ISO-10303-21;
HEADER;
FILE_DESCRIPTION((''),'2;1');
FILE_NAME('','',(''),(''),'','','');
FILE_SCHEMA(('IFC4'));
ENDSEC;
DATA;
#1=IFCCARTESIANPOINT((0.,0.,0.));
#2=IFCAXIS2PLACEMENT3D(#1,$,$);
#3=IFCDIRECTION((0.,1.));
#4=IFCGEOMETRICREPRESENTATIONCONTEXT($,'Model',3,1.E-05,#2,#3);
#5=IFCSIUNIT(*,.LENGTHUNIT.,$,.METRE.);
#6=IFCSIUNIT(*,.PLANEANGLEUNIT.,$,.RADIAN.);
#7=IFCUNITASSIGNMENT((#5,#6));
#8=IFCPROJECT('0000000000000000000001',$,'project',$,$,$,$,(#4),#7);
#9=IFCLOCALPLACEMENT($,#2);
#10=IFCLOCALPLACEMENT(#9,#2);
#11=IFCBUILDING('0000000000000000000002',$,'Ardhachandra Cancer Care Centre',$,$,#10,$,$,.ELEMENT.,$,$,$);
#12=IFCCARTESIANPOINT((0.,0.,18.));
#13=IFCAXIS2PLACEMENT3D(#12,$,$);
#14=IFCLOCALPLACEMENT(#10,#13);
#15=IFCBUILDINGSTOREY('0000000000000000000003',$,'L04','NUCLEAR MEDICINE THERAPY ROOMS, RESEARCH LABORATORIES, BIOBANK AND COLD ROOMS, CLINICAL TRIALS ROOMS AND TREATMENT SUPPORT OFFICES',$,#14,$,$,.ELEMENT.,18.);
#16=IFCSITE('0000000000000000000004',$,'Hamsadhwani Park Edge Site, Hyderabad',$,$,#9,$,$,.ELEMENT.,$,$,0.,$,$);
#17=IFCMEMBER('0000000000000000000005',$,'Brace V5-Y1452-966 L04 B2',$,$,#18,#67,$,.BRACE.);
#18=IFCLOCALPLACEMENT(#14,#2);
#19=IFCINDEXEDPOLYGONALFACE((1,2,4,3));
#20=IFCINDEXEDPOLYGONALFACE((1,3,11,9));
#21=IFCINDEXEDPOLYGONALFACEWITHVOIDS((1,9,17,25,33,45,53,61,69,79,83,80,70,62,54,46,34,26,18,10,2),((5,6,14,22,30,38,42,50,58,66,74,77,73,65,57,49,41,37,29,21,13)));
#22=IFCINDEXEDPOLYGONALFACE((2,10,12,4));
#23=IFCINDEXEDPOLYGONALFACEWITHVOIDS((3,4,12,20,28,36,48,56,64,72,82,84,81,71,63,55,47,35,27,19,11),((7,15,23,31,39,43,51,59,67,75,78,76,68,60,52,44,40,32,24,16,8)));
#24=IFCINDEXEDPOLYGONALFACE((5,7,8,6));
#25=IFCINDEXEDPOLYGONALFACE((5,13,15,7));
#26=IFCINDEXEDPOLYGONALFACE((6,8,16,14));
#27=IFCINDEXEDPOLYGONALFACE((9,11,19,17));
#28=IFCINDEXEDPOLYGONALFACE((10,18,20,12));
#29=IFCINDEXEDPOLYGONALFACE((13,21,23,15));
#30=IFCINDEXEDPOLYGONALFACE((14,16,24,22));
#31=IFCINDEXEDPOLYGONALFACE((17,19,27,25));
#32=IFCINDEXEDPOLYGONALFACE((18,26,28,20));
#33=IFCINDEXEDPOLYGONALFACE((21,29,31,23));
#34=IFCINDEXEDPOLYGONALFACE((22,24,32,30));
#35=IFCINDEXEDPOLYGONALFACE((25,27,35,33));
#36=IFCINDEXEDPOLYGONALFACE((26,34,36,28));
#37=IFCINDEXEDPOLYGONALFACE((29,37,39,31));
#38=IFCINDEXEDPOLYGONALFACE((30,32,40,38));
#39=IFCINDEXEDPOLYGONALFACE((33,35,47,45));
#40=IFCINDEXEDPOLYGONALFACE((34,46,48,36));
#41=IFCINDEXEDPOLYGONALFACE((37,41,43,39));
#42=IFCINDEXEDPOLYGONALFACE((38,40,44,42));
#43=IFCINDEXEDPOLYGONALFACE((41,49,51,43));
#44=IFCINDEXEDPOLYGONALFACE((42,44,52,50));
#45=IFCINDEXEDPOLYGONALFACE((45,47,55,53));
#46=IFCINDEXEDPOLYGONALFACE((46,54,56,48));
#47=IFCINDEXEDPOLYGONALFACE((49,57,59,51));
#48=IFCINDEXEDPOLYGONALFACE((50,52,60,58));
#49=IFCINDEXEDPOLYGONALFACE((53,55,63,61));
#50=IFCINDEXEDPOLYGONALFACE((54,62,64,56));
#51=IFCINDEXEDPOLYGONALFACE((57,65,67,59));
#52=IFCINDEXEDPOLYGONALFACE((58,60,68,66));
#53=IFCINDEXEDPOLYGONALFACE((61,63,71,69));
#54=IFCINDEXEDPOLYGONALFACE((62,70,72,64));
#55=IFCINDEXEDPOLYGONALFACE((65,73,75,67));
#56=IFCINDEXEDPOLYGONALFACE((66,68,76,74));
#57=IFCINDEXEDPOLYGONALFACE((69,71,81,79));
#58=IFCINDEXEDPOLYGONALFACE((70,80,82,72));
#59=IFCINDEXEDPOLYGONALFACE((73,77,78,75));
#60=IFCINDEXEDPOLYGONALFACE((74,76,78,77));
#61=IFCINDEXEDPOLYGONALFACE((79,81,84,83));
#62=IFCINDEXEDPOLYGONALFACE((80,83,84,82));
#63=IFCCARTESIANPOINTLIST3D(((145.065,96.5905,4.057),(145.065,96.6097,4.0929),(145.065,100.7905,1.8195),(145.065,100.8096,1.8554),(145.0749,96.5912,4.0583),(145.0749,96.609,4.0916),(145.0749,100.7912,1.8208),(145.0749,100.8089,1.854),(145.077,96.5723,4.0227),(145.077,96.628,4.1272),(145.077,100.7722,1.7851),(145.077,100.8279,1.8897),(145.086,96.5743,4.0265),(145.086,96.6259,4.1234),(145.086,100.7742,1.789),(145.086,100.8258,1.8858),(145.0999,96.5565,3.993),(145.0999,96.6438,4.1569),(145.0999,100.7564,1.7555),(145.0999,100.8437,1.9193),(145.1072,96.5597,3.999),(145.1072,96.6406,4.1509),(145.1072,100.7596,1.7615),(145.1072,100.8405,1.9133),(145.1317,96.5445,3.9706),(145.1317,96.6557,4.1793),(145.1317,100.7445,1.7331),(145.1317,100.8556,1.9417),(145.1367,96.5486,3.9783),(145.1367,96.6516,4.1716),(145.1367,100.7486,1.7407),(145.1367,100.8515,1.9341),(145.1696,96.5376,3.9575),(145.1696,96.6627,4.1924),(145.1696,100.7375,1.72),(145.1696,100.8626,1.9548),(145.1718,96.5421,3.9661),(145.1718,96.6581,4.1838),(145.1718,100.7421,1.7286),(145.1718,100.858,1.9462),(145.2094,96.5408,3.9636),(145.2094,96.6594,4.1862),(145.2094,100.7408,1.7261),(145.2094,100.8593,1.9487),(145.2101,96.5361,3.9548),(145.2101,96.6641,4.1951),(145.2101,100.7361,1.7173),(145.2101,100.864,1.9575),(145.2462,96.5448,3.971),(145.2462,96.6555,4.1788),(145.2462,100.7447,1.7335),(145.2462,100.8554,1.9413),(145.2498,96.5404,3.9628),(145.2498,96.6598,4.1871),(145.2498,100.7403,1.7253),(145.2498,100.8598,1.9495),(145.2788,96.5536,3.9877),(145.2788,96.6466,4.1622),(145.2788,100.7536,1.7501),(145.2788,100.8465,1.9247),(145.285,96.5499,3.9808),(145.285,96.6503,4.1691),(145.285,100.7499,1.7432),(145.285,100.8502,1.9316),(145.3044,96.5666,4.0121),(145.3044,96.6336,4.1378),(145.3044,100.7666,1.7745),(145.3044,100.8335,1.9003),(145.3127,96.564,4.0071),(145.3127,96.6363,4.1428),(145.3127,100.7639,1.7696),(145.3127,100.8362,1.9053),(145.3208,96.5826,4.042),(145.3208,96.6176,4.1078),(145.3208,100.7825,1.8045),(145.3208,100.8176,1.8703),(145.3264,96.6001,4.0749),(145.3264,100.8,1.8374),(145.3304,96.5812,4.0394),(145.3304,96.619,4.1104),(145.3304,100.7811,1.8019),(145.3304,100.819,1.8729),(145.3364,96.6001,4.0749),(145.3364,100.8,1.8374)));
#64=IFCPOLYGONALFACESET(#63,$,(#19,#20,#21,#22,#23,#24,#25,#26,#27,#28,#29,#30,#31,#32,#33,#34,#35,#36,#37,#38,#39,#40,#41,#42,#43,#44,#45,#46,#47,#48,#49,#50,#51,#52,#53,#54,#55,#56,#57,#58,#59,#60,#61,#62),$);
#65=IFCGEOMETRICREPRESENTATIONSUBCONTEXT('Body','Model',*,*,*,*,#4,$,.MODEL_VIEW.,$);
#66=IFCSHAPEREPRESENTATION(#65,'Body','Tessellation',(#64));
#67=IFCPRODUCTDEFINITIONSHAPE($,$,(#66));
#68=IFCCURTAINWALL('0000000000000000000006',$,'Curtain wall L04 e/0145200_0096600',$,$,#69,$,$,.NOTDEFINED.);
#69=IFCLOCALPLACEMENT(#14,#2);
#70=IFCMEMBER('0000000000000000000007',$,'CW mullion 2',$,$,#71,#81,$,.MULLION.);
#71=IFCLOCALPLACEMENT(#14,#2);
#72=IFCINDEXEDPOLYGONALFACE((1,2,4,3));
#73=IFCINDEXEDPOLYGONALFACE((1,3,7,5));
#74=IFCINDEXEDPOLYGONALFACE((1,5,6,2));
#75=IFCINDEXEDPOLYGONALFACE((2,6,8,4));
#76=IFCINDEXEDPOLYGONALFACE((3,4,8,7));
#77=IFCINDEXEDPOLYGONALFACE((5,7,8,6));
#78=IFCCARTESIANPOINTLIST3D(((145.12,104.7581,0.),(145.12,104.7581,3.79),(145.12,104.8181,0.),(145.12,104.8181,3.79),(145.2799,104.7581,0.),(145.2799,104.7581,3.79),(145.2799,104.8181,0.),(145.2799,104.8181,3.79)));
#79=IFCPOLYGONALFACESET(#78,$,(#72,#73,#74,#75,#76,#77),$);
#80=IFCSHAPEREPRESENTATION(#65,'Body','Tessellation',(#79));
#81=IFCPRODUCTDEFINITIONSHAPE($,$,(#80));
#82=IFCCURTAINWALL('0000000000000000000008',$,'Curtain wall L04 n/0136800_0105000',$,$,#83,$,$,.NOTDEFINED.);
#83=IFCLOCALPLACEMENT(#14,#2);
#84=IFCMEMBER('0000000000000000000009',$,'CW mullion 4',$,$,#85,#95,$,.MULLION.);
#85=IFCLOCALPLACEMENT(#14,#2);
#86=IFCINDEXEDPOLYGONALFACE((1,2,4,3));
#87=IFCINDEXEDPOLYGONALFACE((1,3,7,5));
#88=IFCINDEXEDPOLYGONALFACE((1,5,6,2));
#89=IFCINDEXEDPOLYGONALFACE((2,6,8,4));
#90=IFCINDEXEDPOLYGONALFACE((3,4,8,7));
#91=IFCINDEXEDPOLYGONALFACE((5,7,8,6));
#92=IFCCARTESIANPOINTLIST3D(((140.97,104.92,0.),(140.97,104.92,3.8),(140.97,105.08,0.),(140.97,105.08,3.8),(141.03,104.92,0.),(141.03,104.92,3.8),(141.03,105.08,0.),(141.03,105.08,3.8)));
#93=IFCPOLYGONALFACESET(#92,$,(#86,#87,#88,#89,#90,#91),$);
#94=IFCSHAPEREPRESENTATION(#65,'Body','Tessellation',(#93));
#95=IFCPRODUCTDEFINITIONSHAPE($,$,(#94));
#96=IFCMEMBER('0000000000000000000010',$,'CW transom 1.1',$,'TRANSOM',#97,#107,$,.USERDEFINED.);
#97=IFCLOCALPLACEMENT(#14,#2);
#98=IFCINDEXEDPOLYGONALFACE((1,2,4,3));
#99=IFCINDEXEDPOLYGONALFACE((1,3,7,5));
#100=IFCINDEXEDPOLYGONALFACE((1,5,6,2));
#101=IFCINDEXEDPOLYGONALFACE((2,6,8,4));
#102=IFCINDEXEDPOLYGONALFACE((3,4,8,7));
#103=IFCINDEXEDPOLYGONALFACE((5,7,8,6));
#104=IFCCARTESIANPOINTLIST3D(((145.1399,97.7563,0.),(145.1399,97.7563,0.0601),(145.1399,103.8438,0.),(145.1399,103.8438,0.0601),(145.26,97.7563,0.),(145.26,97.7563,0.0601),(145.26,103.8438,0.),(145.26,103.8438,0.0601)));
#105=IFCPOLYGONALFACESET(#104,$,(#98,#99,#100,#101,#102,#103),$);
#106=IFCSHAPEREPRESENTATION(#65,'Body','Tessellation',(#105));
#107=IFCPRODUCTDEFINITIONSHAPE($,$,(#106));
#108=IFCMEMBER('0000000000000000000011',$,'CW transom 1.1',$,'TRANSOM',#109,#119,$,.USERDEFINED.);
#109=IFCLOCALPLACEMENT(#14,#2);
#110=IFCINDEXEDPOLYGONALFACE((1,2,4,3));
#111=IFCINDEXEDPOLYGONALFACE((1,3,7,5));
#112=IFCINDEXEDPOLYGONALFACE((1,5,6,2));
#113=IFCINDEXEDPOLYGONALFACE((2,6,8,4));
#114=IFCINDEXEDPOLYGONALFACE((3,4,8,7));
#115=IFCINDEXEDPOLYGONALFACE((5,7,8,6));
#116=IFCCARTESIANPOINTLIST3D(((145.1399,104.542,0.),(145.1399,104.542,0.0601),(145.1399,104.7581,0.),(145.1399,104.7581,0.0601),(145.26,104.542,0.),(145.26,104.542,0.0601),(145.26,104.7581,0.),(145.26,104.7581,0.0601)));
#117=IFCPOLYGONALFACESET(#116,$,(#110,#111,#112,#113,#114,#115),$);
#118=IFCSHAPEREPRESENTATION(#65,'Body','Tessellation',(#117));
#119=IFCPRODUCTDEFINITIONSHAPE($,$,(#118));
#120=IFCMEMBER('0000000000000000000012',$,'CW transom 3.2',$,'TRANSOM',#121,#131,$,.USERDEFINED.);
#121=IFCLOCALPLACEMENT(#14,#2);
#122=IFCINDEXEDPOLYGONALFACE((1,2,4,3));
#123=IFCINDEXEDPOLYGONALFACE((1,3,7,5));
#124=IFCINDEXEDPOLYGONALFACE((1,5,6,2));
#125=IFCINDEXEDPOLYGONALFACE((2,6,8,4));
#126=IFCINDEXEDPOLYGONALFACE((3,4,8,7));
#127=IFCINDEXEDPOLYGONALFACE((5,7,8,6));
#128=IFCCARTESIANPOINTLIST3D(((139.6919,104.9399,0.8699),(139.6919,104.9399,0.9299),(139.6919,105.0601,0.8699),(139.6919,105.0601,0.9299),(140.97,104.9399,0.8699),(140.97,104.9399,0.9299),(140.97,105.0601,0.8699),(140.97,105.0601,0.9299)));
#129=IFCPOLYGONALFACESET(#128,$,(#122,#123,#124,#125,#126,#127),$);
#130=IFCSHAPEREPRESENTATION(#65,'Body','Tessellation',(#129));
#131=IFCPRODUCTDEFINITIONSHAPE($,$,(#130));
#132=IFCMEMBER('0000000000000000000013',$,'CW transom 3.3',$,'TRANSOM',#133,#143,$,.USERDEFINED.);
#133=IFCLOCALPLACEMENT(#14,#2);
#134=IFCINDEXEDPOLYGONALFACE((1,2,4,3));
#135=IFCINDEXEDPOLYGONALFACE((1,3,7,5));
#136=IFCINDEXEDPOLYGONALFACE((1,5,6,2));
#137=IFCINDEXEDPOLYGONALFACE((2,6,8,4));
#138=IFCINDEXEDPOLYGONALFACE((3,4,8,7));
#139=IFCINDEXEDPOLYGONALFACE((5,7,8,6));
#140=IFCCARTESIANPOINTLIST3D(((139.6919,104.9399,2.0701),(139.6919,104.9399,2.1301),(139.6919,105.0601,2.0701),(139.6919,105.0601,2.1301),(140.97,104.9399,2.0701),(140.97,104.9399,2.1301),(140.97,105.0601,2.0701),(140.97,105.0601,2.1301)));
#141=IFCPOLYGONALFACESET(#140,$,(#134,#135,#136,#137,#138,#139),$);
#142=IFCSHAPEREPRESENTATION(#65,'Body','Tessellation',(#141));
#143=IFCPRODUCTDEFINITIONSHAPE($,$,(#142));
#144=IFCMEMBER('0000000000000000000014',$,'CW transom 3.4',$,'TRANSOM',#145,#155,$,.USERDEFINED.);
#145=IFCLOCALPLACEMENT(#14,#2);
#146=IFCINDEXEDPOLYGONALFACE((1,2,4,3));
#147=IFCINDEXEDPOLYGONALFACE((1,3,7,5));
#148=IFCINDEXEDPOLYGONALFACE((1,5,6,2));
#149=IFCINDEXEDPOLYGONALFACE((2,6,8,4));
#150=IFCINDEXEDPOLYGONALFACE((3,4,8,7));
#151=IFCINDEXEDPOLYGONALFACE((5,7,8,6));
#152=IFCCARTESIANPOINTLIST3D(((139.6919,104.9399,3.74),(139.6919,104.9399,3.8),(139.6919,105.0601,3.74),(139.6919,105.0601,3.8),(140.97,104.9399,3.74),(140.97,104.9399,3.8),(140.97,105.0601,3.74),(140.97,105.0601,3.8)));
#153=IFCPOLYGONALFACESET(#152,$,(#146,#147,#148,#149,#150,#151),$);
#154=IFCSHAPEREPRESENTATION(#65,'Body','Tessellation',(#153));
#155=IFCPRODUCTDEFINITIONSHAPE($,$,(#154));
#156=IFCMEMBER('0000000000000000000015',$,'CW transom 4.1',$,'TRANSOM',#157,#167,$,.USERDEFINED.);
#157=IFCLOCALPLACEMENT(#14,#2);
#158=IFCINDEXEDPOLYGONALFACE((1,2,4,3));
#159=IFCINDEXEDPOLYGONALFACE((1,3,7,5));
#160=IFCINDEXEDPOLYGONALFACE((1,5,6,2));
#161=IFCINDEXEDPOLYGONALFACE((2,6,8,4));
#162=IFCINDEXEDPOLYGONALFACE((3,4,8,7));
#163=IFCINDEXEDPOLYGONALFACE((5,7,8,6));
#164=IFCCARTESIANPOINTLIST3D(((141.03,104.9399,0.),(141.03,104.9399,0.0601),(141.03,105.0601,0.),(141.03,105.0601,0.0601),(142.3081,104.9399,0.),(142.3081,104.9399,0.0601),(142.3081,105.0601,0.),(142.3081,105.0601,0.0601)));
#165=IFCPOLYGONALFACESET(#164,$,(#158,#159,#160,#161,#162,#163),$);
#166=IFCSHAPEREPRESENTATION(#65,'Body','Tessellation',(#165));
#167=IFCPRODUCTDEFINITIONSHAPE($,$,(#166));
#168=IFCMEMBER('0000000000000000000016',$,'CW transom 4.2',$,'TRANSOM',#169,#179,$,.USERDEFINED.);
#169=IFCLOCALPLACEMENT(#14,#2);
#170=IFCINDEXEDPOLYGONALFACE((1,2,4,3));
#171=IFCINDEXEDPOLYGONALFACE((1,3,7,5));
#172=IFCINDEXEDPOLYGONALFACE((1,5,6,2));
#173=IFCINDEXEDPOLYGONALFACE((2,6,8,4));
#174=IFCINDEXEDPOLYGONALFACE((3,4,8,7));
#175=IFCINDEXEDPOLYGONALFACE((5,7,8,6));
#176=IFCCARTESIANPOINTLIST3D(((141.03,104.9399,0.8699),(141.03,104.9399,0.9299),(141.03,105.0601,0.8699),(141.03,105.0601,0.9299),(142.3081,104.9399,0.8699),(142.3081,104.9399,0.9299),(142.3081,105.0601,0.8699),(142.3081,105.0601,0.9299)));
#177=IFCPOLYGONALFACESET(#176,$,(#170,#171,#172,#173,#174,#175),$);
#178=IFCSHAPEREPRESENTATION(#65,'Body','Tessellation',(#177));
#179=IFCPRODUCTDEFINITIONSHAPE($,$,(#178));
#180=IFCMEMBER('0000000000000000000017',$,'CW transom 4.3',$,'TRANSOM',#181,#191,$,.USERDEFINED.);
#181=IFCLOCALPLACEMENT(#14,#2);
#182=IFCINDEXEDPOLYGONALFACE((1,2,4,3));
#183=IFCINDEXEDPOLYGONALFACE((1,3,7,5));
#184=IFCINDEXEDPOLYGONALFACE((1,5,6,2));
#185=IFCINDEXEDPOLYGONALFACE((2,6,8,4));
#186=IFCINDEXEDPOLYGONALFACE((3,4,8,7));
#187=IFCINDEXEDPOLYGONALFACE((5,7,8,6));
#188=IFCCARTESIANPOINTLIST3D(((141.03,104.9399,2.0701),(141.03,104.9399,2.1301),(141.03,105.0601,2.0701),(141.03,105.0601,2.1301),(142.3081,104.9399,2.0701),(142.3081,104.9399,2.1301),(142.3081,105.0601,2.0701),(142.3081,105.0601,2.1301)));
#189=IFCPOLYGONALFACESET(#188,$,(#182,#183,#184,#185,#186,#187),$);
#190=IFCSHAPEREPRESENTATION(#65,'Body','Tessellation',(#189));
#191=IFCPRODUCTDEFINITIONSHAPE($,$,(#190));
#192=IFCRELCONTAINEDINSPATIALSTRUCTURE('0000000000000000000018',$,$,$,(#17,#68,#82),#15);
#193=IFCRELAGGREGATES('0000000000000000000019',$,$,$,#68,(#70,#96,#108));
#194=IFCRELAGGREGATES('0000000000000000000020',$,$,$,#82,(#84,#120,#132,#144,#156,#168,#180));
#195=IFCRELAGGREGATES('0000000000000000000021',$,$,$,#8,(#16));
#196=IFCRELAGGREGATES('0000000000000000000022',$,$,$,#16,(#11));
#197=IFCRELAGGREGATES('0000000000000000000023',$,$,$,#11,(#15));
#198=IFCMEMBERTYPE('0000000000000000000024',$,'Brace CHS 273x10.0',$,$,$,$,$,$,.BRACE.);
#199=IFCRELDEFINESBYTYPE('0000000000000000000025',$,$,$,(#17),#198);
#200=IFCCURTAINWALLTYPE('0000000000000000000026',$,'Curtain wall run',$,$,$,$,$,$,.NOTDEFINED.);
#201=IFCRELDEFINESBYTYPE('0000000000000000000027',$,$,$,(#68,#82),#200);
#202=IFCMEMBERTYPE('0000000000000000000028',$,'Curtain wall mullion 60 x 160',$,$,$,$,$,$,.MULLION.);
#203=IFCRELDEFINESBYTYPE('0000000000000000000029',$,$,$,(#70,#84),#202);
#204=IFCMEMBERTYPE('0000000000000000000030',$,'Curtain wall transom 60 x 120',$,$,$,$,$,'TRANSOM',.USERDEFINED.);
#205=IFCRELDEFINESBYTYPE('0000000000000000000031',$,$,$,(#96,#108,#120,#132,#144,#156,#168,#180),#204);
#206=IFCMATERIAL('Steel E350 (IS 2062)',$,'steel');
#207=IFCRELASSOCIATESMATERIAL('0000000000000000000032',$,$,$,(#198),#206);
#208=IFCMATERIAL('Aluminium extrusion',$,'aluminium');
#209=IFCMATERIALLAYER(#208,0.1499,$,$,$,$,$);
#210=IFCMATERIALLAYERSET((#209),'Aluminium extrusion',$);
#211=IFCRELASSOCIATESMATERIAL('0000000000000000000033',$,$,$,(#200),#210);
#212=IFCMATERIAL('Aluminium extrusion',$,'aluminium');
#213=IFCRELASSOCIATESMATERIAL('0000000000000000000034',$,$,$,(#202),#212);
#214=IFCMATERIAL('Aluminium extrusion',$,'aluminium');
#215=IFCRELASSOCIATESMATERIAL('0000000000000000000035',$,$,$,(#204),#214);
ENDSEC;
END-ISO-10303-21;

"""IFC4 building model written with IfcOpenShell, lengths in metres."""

from ifc_helpers import new_model, si_unit, direction, frame, origin, origin_2d, place, context, subcontext, project, spatial, rectangle, hollow_circle, extrude, material, layer, layer_set, material_profile, profile_set, type_object, element, aggregate, save


model = new_model("IFC4")

# Units and contexts
model_context = context("Model", 3, precision=1e-05, world=origin(), true_north=direction((0.0, 1.0)))
body_context = subcontext(model_context, "Body", "Model", "MODEL_VIEW")
ifc_project = project(units=[si_unit("LENGTHUNIT", "METRE"), si_unit("PLANEANGLEUNIT", "RADIAN")], contexts=[model_context])

# Site, building, storey
site_placement = place(None, origin())
site = spatial("IfcSite", under=ifc_project, at=site_placement, Name="Hamsadhwani Park Edge Site, Hyderabad", CompositionType="ELEMENT", RefElevation=0.0)
building_placement = place(site_placement, origin())
building = spatial("IfcBuilding", under=site, at=building_placement, Name="Ardhachandra Cancer Care Centre", CompositionType="ELEMENT")
storey_placement = place(building_placement, frame((0.0, 0.0, 18.0)))
storey = spatial("IfcBuildingStorey", under=building, at=storey_placement, Name="L04", Description="NUCLEAR MEDICINE THERAPY ROOMS, RESEARCH LABORATORIES, BIOBANK AND COLD ROOMS, CLINICAL TRIALS ROOMS AND TREATMENT SUPPORT OFFICES", CompositionType="ELEMENT", Elevation=18.0)

# Member
ifc_material_1 = material(Name="Steel E350 (IS 2062)", Category="steel")
ifc_material_profile_1 = material_profile(ifc_material_1, hollow_circle(Radius=0.1365, WallThickness=0.01, at=origin_2d()), Name="CHS 273x10.0")
ifc_profile_set_1 = profile_set([ifc_material_profile_1], Name="Steel E350 (IS 2062)")
member_type_1 = type_object("IfcMemberType", Name="Brace CHS 273x10.0", PredefinedType="BRACE", material=ifc_profile_set_1)
member_1_placement = place(storey_placement, frame((145.2, 100.8, 1.8374), z_axis=(0.0, -0.882564, 0.470191), x_axis=(1.0, 0.0, 0.0)))
element("IfcMember", 1, at=member_1_placement, inside=storey, type_object=member_type_1, Name="Brace V5-Y1452-966 L04 B2", PredefinedType="BRACE", context=body_context, shape_type="SweptSolid", body=[
    extrude(hollow_circle(Radius=0.1365, WallThickness=0.01, at=origin_2d()), origin(), (0.0, 0.0, 1.0), 4.7588),
])

# Curtain walls, members
ifc_material_2 = material(Name="Aluminium extrusion", Category="aluminium")
ifc_layer_1 = layer(ifc_material_2, 0.1499)
ifc_layer_set_1 = layer_set([ifc_layer_1], Name="Aluminium extrusion")
curtain_wall_type = type_object("IfcCurtainWallType", Name="Curtain wall run", PredefinedType="NOTDEFINED", material=ifc_layer_set_1)
curtain_wall_1_placement = place(storey_placement, origin())
curtain_wall_1 = element("IfcCurtainWall", 2, at=curtain_wall_1_placement, inside=storey, type_object=curtain_wall_type, Name="Curtain wall L04 e/0145200_0096600", PredefinedType="NOTDEFINED")
ifc_material_3 = material(Name="Aluminium extrusion", Category="aluminium")
ifc_material_profile_2 = material_profile(ifc_material_3, rectangle(XDim=0.1599, YDim=0.0601, at=origin_2d()), Name="Curtain wall mullion 60 x 160")
ifc_profile_set_2 = profile_set([ifc_material_profile_2], Name="Aluminium extrusion")
member_type_2 = type_object("IfcMemberType", Name="Curtain wall mullion 60 x 160", PredefinedType="MULLION", material=ifc_profile_set_2)
member_2_placement = place(storey_placement, frame((145.2, 104.7881, 0.0), z_axis=(0.0, 0.0, 1.0), x_axis=(-1.0, 0.0, 0.0)))
member_2 = element("IfcMember", 3, at=member_2_placement, type_object=member_type_2, Name="CW mullion 2", PredefinedType="MULLION", context=body_context, shape_type="SweptSolid", body=[
    extrude(rectangle(XDim=0.1599, YDim=0.0601, at=origin_2d()), origin(), (0.0, 0.0, 1.0), 3.79),
])
curtain_wall_2_placement = place(storey_placement, origin())
curtain_wall_2 = element("IfcCurtainWall", 4, at=curtain_wall_2_placement, inside=storey, type_object=curtain_wall_type, Name="Curtain wall L04 n/0136800_0105000", PredefinedType="NOTDEFINED")
member_3_placement = place(storey_placement, frame((141.0, 105.0, 0.0), z_axis=(0.0, 0.0, 1.0), x_axis=(0.0, 1.0, 0.0)))
member_3 = element("IfcMember", 5, at=member_3_placement, type_object=member_type_2, Name="CW mullion 4", PredefinedType="MULLION", context=body_context, shape_type="SweptSolid", body=[
    extrude(rectangle(XDim=0.1599, YDim=0.0601, at=origin_2d()), origin(), (0.0, 0.0, 1.0), 3.8),
])

# Members
ifc_material_4 = material(Name="Aluminium extrusion", Category="aluminium")
ifc_material_profile_3 = material_profile(ifc_material_4, rectangle(XDim=0.1201, YDim=0.0601, at=origin_2d()), Name="Curtain wall transom 60 x 120")
ifc_profile_set_3 = profile_set([ifc_material_profile_3], Name="Aluminium extrusion")
member_type_3 = type_object("IfcMemberType", Name="Curtain wall transom 60 x 120", ElementType="TRANSOM", PredefinedType="USERDEFINED", material=ifc_profile_set_3)
member_4_placement = place(storey_placement, frame((145.2, 97.7563, 0.03), z_axis=(0.0, 1.0, 0.0), x_axis=(-1.0, 0.0, 0.0)))
member_4 = element("IfcMember", 6, at=member_4_placement, type_object=member_type_3, Name="CW transom 1.1", ObjectType="TRANSOM", PredefinedType="USERDEFINED", context=body_context, shape_type="SweptSolid", body=[
    extrude(rectangle(XDim=0.1201, YDim=0.0601, at=origin_2d()), origin(), (0.0, 0.0, 1.0), 6.0874),
])
member_5_placement = place(storey_placement, frame((145.2, 104.542, 0.03), z_axis=(0.0, 1.0, 0.0), x_axis=(-1.0, 0.0, 0.0)))
member_5 = element("IfcMember", 7, at=member_5_placement, type_object=member_type_3, Name="CW transom 1.1", ObjectType="TRANSOM", PredefinedType="USERDEFINED", context=body_context, shape_type="SweptSolid", body=[
    extrude(rectangle(XDim=0.1201, YDim=0.0601, at=origin_2d()), origin(), (0.0, 0.0, 1.0), 0.2161),
])
member_6_placement = place(storey_placement, frame((139.6919, 105.0, 0.8999), z_axis=(1.0, 0.0, 0.0), x_axis=(0.0, 1.0, 0.0)))
member_6 = element("IfcMember", 8, at=member_6_placement, type_object=member_type_3, Name="CW transom 3.2", ObjectType="TRANSOM", PredefinedType="USERDEFINED", context=body_context, shape_type="SweptSolid", body=[
    extrude(rectangle(XDim=0.1201, YDim=0.0601, at=origin_2d()), origin(), (0.0, 0.0, 1.0), 1.2781),
])
member_7_placement = place(storey_placement, frame((139.6919, 105.0, 2.1001), z_axis=(1.0, 0.0, 0.0), x_axis=(0.0, 1.0, 0.0)))
member_7 = element("IfcMember", 9, at=member_7_placement, type_object=member_type_3, Name="CW transom 3.3", ObjectType="TRANSOM", PredefinedType="USERDEFINED", context=body_context, shape_type="SweptSolid", body=[
    extrude(rectangle(XDim=0.1201, YDim=0.0601, at=origin_2d()), origin(), (0.0, 0.0, 1.0), 1.2781),
])
member_8_placement = place(storey_placement, frame((139.6919, 105.0, 3.77), z_axis=(1.0, 0.0, 0.0), x_axis=(0.0, 1.0, 0.0)))
member_8 = element("IfcMember", 10, at=member_8_placement, type_object=member_type_3, Name="CW transom 3.4", ObjectType="TRANSOM", PredefinedType="USERDEFINED", context=body_context, shape_type="SweptSolid", body=[
    extrude(rectangle(XDim=0.1201, YDim=0.0601, at=origin_2d()), origin(), (0.0, 0.0, 1.0), 1.2781),
])
member_9_placement = place(storey_placement, frame((141.03, 105.0, 0.03), z_axis=(1.0, 0.0, 0.0), x_axis=(0.0, 1.0, 0.0)))
member_9 = element("IfcMember", 11, at=member_9_placement, type_object=member_type_3, Name="CW transom 4.1", ObjectType="TRANSOM", PredefinedType="USERDEFINED", context=body_context, shape_type="SweptSolid", body=[
    extrude(rectangle(XDim=0.1201, YDim=0.0601, at=origin_2d()), origin(), (0.0, 0.0, 1.0), 1.2781),
])
member_10_placement = place(storey_placement, frame((141.03, 105.0, 0.8999), z_axis=(1.0, 0.0, 0.0), x_axis=(0.0, 1.0, 0.0)))
member_10 = element("IfcMember", 12, at=member_10_placement, type_object=member_type_3, Name="CW transom 4.2", ObjectType="TRANSOM", PredefinedType="USERDEFINED", context=body_context, shape_type="SweptSolid", body=[
    extrude(rectangle(XDim=0.1201, YDim=0.0601, at=origin_2d()), origin(), (0.0, 0.0, 1.0), 1.2781),
])
member_11_placement = place(storey_placement, frame((141.03, 105.0, 2.1001), z_axis=(1.0, 0.0, 0.0), x_axis=(0.0, 1.0, 0.0)))
member_11 = element("IfcMember", 13, at=member_11_placement, type_object=member_type_3, Name="CW transom 4.3", ObjectType="TRANSOM", PredefinedType="USERDEFINED", context=body_context, shape_type="SweptSolid", body=[
    extrude(rectangle(XDim=0.1201, YDim=0.0601, at=origin_2d()), origin(), (0.0, 0.0, 1.0), 1.2781),
])

aggregate(curtain_wall_1, [member_2, member_4, member_5])
aggregate(curtain_wall_2, [member_3, member_6, member_7, member_8, member_9, member_10, member_11])

save(model, "model.ifc")
